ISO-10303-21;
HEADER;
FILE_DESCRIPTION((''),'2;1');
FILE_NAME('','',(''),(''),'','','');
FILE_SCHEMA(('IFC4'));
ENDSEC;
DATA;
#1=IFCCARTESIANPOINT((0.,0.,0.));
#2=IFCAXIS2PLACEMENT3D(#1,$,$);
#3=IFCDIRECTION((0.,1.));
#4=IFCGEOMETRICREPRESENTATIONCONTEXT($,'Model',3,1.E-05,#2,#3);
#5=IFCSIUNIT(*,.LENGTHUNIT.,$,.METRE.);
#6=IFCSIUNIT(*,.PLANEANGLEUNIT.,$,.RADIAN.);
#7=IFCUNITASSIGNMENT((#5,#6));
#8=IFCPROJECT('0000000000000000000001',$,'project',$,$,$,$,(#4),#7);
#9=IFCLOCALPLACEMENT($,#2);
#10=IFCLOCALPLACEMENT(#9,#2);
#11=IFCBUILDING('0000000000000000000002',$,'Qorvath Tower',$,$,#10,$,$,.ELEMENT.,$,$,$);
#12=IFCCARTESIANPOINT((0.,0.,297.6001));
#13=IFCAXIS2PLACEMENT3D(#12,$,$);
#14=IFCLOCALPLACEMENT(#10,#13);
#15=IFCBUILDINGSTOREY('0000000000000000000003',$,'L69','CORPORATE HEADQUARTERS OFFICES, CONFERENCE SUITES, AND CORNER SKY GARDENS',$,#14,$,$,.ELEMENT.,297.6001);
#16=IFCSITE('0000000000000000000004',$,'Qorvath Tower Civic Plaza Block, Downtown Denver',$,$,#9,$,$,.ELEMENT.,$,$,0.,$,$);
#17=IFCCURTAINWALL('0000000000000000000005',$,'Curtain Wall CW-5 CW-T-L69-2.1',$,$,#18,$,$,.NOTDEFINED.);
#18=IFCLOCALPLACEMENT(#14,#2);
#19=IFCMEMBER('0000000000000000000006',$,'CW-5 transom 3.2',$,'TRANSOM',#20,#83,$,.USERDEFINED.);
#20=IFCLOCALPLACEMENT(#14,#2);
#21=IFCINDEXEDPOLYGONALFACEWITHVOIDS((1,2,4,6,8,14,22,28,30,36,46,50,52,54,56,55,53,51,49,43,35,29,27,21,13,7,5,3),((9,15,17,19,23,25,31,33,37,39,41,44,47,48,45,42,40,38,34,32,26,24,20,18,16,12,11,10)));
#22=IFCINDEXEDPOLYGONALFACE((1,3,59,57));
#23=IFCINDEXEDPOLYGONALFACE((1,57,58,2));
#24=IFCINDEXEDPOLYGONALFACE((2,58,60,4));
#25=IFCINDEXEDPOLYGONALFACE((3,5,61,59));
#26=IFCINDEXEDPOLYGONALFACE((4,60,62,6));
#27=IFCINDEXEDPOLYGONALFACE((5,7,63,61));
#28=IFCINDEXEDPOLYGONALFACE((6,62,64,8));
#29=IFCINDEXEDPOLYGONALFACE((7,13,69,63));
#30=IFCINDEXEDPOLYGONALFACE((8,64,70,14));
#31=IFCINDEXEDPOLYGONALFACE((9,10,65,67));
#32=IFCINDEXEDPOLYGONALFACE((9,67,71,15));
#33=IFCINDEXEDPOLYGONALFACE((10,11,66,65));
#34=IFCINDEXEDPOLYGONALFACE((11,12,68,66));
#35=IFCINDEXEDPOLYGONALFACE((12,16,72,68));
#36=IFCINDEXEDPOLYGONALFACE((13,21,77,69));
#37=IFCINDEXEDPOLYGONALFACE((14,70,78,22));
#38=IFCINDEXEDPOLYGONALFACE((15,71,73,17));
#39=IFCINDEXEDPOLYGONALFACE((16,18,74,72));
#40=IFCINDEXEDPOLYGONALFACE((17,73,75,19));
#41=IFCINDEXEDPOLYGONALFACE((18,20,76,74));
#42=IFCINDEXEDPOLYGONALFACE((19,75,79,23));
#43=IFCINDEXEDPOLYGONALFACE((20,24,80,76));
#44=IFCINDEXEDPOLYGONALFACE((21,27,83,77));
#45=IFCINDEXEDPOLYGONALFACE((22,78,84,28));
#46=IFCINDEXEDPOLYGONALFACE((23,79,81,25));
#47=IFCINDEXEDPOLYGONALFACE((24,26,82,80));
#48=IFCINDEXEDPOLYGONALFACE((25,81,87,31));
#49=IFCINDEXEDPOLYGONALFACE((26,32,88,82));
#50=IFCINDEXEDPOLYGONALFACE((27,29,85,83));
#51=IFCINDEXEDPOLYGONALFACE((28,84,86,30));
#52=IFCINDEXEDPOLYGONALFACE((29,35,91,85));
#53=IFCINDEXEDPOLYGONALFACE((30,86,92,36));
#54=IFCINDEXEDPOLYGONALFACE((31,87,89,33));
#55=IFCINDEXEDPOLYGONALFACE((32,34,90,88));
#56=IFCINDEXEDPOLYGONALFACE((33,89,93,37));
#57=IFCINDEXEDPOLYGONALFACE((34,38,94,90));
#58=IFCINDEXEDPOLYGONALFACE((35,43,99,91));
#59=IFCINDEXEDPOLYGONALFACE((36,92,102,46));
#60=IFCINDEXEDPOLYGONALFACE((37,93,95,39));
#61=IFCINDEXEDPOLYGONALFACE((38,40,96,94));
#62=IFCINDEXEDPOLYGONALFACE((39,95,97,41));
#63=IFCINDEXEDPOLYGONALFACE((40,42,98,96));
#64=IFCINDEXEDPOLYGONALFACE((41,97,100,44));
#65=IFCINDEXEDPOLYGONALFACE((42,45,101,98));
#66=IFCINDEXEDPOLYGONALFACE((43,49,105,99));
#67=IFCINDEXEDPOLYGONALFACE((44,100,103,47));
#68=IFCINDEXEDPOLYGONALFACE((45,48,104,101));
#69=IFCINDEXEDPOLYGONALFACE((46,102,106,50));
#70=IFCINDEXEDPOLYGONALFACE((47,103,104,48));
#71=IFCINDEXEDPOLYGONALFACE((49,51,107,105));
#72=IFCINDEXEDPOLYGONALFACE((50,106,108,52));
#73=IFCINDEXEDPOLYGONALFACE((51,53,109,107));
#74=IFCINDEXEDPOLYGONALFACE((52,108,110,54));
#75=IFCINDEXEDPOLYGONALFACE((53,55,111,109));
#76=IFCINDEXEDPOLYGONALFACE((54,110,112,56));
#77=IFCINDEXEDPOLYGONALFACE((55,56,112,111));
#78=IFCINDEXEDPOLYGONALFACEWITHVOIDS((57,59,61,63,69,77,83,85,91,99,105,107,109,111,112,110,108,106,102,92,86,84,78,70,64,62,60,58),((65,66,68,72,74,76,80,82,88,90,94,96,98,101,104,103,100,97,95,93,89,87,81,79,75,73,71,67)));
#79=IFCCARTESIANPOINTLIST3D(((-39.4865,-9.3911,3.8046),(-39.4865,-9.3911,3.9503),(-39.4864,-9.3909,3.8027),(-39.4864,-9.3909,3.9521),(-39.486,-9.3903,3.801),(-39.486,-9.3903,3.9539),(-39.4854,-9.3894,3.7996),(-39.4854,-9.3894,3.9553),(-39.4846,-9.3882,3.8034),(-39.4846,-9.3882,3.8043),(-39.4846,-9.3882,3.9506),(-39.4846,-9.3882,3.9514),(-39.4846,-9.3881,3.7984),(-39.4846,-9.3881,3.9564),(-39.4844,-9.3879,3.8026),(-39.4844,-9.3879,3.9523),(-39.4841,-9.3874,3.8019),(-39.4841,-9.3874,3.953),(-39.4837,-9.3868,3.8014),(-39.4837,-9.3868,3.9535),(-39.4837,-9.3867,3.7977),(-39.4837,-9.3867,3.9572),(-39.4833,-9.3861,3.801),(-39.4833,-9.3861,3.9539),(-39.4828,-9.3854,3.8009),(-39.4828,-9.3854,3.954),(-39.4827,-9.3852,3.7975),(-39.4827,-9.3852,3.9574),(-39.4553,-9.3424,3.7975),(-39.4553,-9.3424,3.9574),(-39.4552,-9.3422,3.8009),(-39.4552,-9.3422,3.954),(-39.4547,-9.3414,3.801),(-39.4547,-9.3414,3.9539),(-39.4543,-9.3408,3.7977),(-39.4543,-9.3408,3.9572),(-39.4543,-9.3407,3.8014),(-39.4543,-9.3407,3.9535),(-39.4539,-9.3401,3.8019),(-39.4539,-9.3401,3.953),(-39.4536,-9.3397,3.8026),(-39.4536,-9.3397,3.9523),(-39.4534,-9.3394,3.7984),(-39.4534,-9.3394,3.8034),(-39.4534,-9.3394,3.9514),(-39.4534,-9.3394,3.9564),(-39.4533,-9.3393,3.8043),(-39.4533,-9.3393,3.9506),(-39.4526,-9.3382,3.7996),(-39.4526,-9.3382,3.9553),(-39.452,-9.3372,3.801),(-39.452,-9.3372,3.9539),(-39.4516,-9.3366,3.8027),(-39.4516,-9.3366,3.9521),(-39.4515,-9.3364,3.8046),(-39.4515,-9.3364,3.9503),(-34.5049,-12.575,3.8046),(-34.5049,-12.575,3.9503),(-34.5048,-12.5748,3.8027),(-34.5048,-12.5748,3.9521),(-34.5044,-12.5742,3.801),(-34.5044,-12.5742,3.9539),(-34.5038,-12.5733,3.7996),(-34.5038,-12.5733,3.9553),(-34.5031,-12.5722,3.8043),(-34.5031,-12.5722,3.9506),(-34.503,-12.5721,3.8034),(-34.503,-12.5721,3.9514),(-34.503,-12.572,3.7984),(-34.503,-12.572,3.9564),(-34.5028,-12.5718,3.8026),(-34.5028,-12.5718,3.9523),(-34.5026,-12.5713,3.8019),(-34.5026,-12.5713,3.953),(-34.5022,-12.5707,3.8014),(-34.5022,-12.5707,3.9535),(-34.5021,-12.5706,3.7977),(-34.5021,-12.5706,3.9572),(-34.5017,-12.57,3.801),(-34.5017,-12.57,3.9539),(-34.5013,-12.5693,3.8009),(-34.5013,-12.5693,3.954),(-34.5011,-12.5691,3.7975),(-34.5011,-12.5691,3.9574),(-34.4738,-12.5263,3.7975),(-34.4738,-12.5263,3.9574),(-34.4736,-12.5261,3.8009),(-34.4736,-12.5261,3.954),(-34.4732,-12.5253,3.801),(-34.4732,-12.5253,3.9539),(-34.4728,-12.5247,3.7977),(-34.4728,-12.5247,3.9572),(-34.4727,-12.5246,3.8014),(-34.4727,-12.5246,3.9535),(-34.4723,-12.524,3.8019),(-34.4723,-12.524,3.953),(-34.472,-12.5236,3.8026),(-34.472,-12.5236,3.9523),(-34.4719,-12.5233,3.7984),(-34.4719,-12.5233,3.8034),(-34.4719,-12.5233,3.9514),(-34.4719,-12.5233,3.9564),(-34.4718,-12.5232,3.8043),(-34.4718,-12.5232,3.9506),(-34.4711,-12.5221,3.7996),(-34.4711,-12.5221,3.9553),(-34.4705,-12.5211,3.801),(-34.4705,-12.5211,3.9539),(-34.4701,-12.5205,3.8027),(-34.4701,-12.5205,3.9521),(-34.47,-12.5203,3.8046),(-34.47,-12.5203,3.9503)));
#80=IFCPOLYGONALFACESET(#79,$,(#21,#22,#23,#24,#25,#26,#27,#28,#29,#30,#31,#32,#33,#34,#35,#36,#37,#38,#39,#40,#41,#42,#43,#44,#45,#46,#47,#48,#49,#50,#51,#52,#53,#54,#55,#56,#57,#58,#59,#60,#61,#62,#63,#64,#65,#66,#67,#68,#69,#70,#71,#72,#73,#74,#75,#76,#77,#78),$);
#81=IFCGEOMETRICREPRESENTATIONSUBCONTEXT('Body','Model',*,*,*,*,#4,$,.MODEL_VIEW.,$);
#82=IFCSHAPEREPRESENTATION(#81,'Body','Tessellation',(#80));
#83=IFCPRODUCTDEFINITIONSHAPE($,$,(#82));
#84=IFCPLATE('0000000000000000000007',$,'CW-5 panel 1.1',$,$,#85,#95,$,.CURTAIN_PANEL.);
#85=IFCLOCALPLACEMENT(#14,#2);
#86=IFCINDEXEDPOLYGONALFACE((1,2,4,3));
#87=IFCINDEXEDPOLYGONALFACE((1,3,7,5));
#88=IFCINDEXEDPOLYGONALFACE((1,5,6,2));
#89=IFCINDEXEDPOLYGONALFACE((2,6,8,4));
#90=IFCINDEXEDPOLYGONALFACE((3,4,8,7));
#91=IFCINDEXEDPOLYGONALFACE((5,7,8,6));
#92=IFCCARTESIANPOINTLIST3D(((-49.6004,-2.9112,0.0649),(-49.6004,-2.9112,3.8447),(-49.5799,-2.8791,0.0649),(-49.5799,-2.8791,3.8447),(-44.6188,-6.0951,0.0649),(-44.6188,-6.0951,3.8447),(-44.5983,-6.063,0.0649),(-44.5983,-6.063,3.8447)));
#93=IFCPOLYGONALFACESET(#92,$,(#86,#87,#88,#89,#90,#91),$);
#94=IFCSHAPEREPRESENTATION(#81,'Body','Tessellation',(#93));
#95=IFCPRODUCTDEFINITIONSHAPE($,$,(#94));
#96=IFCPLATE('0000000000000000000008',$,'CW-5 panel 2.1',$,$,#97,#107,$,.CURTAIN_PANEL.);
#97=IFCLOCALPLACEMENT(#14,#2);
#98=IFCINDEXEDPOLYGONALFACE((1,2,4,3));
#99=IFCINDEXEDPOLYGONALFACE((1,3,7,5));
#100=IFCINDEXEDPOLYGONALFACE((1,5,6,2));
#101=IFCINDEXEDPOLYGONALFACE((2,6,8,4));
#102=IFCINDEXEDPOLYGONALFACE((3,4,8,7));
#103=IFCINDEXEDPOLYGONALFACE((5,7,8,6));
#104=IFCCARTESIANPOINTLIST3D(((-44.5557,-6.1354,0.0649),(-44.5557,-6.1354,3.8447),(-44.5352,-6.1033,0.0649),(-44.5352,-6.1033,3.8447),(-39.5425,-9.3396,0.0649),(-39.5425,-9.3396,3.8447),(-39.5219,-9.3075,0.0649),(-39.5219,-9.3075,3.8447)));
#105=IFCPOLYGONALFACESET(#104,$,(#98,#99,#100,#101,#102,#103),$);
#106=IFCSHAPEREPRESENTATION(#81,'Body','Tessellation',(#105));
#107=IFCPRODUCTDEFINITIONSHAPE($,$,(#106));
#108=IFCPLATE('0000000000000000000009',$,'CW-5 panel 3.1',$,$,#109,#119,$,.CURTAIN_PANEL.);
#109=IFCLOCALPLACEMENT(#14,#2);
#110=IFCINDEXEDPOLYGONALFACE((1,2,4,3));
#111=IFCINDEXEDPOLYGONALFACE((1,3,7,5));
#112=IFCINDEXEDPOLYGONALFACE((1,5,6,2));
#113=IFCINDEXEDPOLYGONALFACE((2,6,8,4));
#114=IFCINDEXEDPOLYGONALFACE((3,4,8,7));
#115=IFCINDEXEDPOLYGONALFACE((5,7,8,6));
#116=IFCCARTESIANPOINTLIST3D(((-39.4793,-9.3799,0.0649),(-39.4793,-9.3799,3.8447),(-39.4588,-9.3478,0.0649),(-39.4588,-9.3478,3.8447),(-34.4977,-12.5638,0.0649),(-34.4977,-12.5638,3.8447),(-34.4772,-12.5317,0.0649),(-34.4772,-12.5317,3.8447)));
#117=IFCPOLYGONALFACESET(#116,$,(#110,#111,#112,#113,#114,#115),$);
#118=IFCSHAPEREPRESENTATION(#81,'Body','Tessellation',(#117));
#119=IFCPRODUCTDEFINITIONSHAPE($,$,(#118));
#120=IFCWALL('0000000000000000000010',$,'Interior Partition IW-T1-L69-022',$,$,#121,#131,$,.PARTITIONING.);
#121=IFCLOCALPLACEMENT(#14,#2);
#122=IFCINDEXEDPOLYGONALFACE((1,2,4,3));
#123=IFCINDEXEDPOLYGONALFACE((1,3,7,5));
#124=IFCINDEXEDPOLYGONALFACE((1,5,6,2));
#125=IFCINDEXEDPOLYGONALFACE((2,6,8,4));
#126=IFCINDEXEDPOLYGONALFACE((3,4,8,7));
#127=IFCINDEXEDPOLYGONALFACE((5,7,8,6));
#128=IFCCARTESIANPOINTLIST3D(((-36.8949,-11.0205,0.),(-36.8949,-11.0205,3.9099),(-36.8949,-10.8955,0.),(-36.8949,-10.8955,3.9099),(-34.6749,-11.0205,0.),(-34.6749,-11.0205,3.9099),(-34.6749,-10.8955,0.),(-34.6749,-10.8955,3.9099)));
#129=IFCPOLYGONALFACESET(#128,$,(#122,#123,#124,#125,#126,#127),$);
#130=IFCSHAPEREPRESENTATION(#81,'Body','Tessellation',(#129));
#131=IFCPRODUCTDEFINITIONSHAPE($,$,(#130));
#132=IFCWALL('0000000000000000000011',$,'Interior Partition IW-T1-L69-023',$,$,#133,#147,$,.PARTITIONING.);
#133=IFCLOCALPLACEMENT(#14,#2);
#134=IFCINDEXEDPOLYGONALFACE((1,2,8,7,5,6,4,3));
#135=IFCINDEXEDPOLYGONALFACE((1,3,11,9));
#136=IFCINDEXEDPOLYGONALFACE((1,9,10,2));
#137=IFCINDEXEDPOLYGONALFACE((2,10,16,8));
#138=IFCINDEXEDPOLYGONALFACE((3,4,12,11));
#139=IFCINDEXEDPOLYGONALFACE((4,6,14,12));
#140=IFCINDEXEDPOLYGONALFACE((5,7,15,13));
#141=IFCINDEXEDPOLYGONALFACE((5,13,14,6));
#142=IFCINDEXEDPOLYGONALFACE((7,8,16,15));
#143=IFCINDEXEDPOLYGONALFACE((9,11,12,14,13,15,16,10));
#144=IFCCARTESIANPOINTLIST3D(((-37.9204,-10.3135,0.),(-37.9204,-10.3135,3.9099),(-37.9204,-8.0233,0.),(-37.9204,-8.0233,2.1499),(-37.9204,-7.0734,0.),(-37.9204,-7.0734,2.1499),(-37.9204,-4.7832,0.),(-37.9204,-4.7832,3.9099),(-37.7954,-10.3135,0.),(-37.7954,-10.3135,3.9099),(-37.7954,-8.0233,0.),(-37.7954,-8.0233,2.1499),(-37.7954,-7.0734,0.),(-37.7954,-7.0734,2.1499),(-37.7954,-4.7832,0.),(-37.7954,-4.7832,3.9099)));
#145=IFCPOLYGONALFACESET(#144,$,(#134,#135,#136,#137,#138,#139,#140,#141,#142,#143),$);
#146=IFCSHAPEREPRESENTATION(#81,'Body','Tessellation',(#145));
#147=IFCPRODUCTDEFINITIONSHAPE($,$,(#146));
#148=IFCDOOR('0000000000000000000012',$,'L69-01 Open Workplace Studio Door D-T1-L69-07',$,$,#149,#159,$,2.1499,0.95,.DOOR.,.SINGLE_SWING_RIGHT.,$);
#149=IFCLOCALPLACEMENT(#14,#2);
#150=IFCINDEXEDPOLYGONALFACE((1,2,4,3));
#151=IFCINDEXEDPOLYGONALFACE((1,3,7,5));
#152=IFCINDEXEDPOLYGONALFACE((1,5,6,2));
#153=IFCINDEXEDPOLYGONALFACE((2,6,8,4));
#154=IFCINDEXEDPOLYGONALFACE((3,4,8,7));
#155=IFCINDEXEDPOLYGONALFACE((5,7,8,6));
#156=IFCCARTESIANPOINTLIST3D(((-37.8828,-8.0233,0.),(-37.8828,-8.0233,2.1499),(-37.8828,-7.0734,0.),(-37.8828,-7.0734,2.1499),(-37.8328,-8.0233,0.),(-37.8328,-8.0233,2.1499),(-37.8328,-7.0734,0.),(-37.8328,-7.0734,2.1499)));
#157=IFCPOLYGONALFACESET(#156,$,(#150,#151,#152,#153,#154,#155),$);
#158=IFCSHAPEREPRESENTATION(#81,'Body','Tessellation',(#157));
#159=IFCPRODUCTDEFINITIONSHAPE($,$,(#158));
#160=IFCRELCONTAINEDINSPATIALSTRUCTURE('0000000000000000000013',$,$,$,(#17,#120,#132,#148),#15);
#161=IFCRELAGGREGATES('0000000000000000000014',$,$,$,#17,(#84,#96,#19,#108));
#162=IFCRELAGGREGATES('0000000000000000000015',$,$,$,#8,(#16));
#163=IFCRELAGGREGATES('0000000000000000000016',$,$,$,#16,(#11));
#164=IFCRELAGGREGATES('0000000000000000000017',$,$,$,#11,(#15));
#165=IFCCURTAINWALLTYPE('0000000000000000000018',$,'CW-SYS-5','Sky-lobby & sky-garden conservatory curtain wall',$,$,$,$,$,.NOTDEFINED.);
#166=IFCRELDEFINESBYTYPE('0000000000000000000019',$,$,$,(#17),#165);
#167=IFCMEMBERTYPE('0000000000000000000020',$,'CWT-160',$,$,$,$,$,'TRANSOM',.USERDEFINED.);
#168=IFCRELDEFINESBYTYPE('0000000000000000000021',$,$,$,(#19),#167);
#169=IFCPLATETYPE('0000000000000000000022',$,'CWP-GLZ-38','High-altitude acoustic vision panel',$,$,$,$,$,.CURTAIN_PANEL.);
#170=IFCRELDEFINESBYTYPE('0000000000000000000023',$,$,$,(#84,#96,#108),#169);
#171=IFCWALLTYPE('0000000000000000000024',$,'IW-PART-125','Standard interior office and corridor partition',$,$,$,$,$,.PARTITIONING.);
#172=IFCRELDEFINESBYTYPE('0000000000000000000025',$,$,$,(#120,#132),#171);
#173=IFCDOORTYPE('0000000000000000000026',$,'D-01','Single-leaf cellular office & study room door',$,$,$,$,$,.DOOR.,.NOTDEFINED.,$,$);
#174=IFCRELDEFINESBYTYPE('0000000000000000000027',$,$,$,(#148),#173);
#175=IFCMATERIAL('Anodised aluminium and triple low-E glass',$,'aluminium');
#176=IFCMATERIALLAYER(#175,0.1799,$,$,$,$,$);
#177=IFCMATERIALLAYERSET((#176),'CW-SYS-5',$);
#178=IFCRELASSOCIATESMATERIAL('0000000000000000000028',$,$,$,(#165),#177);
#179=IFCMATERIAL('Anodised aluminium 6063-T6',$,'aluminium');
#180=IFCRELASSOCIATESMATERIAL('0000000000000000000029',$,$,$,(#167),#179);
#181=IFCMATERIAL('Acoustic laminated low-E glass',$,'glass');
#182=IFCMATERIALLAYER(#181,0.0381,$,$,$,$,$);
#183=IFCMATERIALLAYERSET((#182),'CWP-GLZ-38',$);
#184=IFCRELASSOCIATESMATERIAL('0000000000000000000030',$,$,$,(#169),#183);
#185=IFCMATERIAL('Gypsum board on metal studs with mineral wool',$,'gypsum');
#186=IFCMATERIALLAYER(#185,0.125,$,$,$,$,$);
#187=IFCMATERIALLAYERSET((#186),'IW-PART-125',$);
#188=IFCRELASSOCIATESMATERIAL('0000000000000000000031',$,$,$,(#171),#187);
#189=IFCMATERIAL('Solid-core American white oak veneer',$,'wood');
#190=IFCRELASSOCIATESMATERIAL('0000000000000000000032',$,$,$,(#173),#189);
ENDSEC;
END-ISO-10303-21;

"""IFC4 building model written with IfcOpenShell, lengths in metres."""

from ifc_helpers import new_model, si_unit, direction, frame, frame_2d, origin, origin_2d, place, context, subcontext, project, spatial, rectangle, hollow_rectangle, extrude, material, layer, layer_set, material_profile, profile_set, type_object, element, fill, aggregate, save


model = new_model("IFC4")

# Units and contexts
model_context = context("Model", 3, precision=1e-05, world=origin(), true_north=direction((0.0, 1.0)))
body_context = subcontext(model_context, "Body", "Model", "MODEL_VIEW")
ifc_project = project(units=[si_unit("LENGTHUNIT", "METRE"), si_unit("PLANEANGLEUNIT", "RADIAN")], contexts=[model_context])

# Site, building, storey
site_placement = place(None, origin())
site = spatial("IfcSite", under=ifc_project, at=site_placement, Name="Qorvath Tower Civic Plaza Block, Downtown Denver", CompositionType="ELEMENT", RefElevation=0.0)
building_placement = place(site_placement, origin())
building = spatial("IfcBuilding", under=site, at=building_placement, Name="Qorvath Tower", CompositionType="ELEMENT")
storey_placement = place(building_placement, frame((0.0, 0.0, 297.6001)))
storey = spatial("IfcBuildingStorey", under=building, at=storey_placement, Name="L69", Description="CORPORATE HEADQUARTERS OFFICES, CONFERENCE SUITES, AND CORNER SKY GARDENS", CompositionType="ELEMENT", Elevation=297.6001)

# Curtain wall, member, plates
ifc_material_1 = material(Name="Anodised aluminium and triple low-E glass", Category="aluminium")
ifc_layer_1 = layer(ifc_material_1, 0.1799)
ifc_layer_set_1 = layer_set([ifc_layer_1], Name="CW-SYS-5")
curtain_wall_type = type_object("IfcCurtainWallType", Name="CW-SYS-5", Description="Sky-lobby & sky-garden conservatory curtain wall", PredefinedType="NOTDEFINED", material=ifc_layer_set_1)
curtain_wall_placement = place(storey_placement, origin())
curtain_wall = element("IfcCurtainWall", 1, at=curtain_wall_placement, inside=storey, type_object=curtain_wall_type, Name="Curtain Wall CW-5 CW-T-L69-2.1", PredefinedType="NOTDEFINED")
ifc_material_2 = material(Name="Anodised aluminium 6063-T6", Category="aluminium")
ifc_material_profile_1 = material_profile(ifc_material_2, hollow_rectangle(XDim=0.0649, YDim=0.1599, WallThickness=0.0034, InnerFilletRadius=0.0034, OuterFilletRadius=0.0071, at=origin_2d()), Name="CWT 160x65")
ifc_profile_set_1 = profile_set([ifc_material_profile_1], Name="Anodised aluminium 6063-T6")
member_type_1 = type_object("IfcMemberType", Name="CWT-160", ElementType="TRANSOM", PredefinedType="USERDEFINED", material=ifc_profile_set_1)
member_1_placement = place(storey_placement, frame((-39.469, -9.3638, 3.8774), z_axis=(0.8426, -0.538539, 0.0), x_axis=(0.538539, 0.8426, 0.0)))
member_1 = element("IfcMember", 2, at=member_1_placement, type_object=member_type_1, Name="CW-5 transom 3.2", ObjectType="TRANSOM", PredefinedType="USERDEFINED", context=body_context, shape_type="SweptSolid", body=[
    extrude(hollow_rectangle(XDim=0.0649, YDim=0.1599, WallThickness=0.0034, InnerFilletRadius=0.0034, OuterFilletRadius=0.0071, at=origin_2d()), origin(), (0.0, 0.0, 1.0), 5.9121),
])
ifc_material_3 = material(Name="Acoustic laminated low-E glass", Category="glass")
ifc_layer_2 = layer(ifc_material_3, 0.0381)
ifc_layer_set_2 = layer_set([ifc_layer_2], Name="CWP-GLZ-38")
plate_type = type_object("IfcPlateType", Name="CWP-GLZ-38", Description="High-altitude acoustic vision panel", PredefinedType="CURTAIN_PANEL", material=ifc_layer_set_2)
plate_1_placement = place(storey_placement, frame((-47.0994, -4.4871, 0.0649), z_axis=(0.0, 0.0, 1.0), x_axis=(0.842602, -0.538537, 0.0)))
plate_1 = element("IfcPlate", 3, at=plate_1_placement, type_object=plate_type, Name="CW-5 panel 1.1", PredefinedType="CURTAIN_PANEL", context=body_context, shape_type="SweptSolid", body=[
    extrude(rectangle(XDim=5.9121, YDim=0.0381, at=origin_2d()), origin(), (0.0, 0.0, 1.0), 3.7798),
])
plate_2_placement = place(storey_placement, frame((-42.0388, -7.7214, 0.0649), z_axis=(0.0, 0.0, 1.0), x_axis=(0.842602, -0.538537, 0.0)))
plate_2 = element("IfcPlate", 4, at=plate_2_placement, type_object=plate_type, Name="CW-5 panel 2.1", PredefinedType="CURTAIN_PANEL", context=body_context, shape_type="SweptSolid", body=[
    extrude(rectangle(XDim=5.9497, YDim=0.0381, at=origin_2d()), origin(), (0.0, 0.0, 1.0), 3.7798),
])
plate_3_placement = place(storey_placement, frame((-36.9783, -10.9558, 0.0649), z_axis=(0.0, 0.0, 1.0), x_axis=(0.842602, -0.538537, 0.0)))
plate_3 = element("IfcPlate", 5, at=plate_3_placement, type_object=plate_type, Name="CW-5 panel 3.1", PredefinedType="CURTAIN_PANEL", context=body_context, shape_type="SweptSolid", body=[
    extrude(rectangle(XDim=5.9121, YDim=0.0381, at=origin_2d()), origin(), (0.0, 0.0, 1.0), 3.7798),
])
aggregate(curtain_wall, [plate_1, plate_2, member_1, plate_3])

# Wall
ifc_material_4 = material(Name="Gypsum board on metal studs with mineral wool", Category="gypsum")
ifc_layer_3 = layer(ifc_material_4, 0.125)
ifc_layer_set_3 = layer_set([ifc_layer_3], Name="IW-PART-125")
wall_type_1 = type_object("IfcWallType", Name="IW-PART-125", Description="Standard interior office and corridor partition", PredefinedType="PARTITIONING", material=ifc_layer_set_3)
wall_1_placement = place(storey_placement, frame((-36.8948, -10.958, 0.0), z_axis=(0.0, 0.0, 1.0), x_axis=(1.0, 0.0, 0.0)))
element("IfcWall", 6, at=wall_1_placement, inside=storey, type_object=wall_type_1, Name="Interior Partition IW-T1-L69-022", PredefinedType="PARTITIONING", context=body_context, shape_type="SweptSolid", body=[
    extrude(rectangle(XDim=2.22, YDim=0.125, at=frame_2d((1.1099, 0.0))), origin(), (0.0, 0.0, 1.0), 3.9099),
])

# Wall, opening, door
wall_2_placement = place(storey_placement, frame((-37.8579, -10.3135, 0.0), z_axis=(0.0, 0.0, 1.0), x_axis=(0.0, 1.0, 0.0)))
wall_2 = element("IfcWall", 7, at=wall_2_placement, inside=storey, type_object=wall_type_1, Name="Interior Partition IW-T1-L69-023", PredefinedType="PARTITIONING", context=body_context, shape_type="SweptSolid", body=[
    extrude(rectangle(XDim=5.5303, YDim=0.125, at=frame_2d((2.7651, 0.0))), origin(), (0.0, 0.0, 1.0), 3.9099),
])
opening_1_placement = place(wall_2_placement, frame((2.29, 0.0, 0.0)))
opening_1 = element("IfcOpeningElement", 8, at=opening_1_placement, cuts=wall_2, PredefinedType="OPENING", context=body_context, shape_type="SweptSolid", body=[
    extrude(rectangle(XDim=0.95, YDim=2.1499, at=frame_2d((0.4751, 1.075))), frame((0.0, 0.0725, 0.0), z_axis=(0.0, -1.0, 0.0), x_axis=(1.0, 0.0, 0.0)), (0.0, 0.0, 1.0), 0.145),
])
ifc_material_5 = material(Name="Solid-core American white oak veneer", Category="wood")
door_type_1 = type_object("IfcDoorType", Name="D-01", Description="Single-leaf cellular office & study room door", OperationType="NOTDEFINED", PredefinedType="DOOR", material=ifc_material_5)
door_1_placement = place(opening_1_placement, origin())
door_1 = element("IfcDoor", 9, at=door_1_placement, inside=storey, type_object=door_type_1, Name="L69-01 Open Workplace Studio Door D-T1-L69-07", OperationType="SINGLE_SWING_RIGHT", OverallHeight=2.1499, OverallWidth=0.95, PredefinedType="DOOR", context=body_context, shape_type="SweptSolid", body=[
    extrude(rectangle(XDim=0.95, YDim=2.1499, at=frame_2d((0.4751, 1.075))), frame((0.0, 0.0249, 0.0), z_axis=(0.0, -1.0, 0.0), x_axis=(1.0, 0.0, 0.0)), (0.0, 0.0, 1.0), 0.05),
])
fill(opening_1, door_1)

save(model, "model.ifc")
